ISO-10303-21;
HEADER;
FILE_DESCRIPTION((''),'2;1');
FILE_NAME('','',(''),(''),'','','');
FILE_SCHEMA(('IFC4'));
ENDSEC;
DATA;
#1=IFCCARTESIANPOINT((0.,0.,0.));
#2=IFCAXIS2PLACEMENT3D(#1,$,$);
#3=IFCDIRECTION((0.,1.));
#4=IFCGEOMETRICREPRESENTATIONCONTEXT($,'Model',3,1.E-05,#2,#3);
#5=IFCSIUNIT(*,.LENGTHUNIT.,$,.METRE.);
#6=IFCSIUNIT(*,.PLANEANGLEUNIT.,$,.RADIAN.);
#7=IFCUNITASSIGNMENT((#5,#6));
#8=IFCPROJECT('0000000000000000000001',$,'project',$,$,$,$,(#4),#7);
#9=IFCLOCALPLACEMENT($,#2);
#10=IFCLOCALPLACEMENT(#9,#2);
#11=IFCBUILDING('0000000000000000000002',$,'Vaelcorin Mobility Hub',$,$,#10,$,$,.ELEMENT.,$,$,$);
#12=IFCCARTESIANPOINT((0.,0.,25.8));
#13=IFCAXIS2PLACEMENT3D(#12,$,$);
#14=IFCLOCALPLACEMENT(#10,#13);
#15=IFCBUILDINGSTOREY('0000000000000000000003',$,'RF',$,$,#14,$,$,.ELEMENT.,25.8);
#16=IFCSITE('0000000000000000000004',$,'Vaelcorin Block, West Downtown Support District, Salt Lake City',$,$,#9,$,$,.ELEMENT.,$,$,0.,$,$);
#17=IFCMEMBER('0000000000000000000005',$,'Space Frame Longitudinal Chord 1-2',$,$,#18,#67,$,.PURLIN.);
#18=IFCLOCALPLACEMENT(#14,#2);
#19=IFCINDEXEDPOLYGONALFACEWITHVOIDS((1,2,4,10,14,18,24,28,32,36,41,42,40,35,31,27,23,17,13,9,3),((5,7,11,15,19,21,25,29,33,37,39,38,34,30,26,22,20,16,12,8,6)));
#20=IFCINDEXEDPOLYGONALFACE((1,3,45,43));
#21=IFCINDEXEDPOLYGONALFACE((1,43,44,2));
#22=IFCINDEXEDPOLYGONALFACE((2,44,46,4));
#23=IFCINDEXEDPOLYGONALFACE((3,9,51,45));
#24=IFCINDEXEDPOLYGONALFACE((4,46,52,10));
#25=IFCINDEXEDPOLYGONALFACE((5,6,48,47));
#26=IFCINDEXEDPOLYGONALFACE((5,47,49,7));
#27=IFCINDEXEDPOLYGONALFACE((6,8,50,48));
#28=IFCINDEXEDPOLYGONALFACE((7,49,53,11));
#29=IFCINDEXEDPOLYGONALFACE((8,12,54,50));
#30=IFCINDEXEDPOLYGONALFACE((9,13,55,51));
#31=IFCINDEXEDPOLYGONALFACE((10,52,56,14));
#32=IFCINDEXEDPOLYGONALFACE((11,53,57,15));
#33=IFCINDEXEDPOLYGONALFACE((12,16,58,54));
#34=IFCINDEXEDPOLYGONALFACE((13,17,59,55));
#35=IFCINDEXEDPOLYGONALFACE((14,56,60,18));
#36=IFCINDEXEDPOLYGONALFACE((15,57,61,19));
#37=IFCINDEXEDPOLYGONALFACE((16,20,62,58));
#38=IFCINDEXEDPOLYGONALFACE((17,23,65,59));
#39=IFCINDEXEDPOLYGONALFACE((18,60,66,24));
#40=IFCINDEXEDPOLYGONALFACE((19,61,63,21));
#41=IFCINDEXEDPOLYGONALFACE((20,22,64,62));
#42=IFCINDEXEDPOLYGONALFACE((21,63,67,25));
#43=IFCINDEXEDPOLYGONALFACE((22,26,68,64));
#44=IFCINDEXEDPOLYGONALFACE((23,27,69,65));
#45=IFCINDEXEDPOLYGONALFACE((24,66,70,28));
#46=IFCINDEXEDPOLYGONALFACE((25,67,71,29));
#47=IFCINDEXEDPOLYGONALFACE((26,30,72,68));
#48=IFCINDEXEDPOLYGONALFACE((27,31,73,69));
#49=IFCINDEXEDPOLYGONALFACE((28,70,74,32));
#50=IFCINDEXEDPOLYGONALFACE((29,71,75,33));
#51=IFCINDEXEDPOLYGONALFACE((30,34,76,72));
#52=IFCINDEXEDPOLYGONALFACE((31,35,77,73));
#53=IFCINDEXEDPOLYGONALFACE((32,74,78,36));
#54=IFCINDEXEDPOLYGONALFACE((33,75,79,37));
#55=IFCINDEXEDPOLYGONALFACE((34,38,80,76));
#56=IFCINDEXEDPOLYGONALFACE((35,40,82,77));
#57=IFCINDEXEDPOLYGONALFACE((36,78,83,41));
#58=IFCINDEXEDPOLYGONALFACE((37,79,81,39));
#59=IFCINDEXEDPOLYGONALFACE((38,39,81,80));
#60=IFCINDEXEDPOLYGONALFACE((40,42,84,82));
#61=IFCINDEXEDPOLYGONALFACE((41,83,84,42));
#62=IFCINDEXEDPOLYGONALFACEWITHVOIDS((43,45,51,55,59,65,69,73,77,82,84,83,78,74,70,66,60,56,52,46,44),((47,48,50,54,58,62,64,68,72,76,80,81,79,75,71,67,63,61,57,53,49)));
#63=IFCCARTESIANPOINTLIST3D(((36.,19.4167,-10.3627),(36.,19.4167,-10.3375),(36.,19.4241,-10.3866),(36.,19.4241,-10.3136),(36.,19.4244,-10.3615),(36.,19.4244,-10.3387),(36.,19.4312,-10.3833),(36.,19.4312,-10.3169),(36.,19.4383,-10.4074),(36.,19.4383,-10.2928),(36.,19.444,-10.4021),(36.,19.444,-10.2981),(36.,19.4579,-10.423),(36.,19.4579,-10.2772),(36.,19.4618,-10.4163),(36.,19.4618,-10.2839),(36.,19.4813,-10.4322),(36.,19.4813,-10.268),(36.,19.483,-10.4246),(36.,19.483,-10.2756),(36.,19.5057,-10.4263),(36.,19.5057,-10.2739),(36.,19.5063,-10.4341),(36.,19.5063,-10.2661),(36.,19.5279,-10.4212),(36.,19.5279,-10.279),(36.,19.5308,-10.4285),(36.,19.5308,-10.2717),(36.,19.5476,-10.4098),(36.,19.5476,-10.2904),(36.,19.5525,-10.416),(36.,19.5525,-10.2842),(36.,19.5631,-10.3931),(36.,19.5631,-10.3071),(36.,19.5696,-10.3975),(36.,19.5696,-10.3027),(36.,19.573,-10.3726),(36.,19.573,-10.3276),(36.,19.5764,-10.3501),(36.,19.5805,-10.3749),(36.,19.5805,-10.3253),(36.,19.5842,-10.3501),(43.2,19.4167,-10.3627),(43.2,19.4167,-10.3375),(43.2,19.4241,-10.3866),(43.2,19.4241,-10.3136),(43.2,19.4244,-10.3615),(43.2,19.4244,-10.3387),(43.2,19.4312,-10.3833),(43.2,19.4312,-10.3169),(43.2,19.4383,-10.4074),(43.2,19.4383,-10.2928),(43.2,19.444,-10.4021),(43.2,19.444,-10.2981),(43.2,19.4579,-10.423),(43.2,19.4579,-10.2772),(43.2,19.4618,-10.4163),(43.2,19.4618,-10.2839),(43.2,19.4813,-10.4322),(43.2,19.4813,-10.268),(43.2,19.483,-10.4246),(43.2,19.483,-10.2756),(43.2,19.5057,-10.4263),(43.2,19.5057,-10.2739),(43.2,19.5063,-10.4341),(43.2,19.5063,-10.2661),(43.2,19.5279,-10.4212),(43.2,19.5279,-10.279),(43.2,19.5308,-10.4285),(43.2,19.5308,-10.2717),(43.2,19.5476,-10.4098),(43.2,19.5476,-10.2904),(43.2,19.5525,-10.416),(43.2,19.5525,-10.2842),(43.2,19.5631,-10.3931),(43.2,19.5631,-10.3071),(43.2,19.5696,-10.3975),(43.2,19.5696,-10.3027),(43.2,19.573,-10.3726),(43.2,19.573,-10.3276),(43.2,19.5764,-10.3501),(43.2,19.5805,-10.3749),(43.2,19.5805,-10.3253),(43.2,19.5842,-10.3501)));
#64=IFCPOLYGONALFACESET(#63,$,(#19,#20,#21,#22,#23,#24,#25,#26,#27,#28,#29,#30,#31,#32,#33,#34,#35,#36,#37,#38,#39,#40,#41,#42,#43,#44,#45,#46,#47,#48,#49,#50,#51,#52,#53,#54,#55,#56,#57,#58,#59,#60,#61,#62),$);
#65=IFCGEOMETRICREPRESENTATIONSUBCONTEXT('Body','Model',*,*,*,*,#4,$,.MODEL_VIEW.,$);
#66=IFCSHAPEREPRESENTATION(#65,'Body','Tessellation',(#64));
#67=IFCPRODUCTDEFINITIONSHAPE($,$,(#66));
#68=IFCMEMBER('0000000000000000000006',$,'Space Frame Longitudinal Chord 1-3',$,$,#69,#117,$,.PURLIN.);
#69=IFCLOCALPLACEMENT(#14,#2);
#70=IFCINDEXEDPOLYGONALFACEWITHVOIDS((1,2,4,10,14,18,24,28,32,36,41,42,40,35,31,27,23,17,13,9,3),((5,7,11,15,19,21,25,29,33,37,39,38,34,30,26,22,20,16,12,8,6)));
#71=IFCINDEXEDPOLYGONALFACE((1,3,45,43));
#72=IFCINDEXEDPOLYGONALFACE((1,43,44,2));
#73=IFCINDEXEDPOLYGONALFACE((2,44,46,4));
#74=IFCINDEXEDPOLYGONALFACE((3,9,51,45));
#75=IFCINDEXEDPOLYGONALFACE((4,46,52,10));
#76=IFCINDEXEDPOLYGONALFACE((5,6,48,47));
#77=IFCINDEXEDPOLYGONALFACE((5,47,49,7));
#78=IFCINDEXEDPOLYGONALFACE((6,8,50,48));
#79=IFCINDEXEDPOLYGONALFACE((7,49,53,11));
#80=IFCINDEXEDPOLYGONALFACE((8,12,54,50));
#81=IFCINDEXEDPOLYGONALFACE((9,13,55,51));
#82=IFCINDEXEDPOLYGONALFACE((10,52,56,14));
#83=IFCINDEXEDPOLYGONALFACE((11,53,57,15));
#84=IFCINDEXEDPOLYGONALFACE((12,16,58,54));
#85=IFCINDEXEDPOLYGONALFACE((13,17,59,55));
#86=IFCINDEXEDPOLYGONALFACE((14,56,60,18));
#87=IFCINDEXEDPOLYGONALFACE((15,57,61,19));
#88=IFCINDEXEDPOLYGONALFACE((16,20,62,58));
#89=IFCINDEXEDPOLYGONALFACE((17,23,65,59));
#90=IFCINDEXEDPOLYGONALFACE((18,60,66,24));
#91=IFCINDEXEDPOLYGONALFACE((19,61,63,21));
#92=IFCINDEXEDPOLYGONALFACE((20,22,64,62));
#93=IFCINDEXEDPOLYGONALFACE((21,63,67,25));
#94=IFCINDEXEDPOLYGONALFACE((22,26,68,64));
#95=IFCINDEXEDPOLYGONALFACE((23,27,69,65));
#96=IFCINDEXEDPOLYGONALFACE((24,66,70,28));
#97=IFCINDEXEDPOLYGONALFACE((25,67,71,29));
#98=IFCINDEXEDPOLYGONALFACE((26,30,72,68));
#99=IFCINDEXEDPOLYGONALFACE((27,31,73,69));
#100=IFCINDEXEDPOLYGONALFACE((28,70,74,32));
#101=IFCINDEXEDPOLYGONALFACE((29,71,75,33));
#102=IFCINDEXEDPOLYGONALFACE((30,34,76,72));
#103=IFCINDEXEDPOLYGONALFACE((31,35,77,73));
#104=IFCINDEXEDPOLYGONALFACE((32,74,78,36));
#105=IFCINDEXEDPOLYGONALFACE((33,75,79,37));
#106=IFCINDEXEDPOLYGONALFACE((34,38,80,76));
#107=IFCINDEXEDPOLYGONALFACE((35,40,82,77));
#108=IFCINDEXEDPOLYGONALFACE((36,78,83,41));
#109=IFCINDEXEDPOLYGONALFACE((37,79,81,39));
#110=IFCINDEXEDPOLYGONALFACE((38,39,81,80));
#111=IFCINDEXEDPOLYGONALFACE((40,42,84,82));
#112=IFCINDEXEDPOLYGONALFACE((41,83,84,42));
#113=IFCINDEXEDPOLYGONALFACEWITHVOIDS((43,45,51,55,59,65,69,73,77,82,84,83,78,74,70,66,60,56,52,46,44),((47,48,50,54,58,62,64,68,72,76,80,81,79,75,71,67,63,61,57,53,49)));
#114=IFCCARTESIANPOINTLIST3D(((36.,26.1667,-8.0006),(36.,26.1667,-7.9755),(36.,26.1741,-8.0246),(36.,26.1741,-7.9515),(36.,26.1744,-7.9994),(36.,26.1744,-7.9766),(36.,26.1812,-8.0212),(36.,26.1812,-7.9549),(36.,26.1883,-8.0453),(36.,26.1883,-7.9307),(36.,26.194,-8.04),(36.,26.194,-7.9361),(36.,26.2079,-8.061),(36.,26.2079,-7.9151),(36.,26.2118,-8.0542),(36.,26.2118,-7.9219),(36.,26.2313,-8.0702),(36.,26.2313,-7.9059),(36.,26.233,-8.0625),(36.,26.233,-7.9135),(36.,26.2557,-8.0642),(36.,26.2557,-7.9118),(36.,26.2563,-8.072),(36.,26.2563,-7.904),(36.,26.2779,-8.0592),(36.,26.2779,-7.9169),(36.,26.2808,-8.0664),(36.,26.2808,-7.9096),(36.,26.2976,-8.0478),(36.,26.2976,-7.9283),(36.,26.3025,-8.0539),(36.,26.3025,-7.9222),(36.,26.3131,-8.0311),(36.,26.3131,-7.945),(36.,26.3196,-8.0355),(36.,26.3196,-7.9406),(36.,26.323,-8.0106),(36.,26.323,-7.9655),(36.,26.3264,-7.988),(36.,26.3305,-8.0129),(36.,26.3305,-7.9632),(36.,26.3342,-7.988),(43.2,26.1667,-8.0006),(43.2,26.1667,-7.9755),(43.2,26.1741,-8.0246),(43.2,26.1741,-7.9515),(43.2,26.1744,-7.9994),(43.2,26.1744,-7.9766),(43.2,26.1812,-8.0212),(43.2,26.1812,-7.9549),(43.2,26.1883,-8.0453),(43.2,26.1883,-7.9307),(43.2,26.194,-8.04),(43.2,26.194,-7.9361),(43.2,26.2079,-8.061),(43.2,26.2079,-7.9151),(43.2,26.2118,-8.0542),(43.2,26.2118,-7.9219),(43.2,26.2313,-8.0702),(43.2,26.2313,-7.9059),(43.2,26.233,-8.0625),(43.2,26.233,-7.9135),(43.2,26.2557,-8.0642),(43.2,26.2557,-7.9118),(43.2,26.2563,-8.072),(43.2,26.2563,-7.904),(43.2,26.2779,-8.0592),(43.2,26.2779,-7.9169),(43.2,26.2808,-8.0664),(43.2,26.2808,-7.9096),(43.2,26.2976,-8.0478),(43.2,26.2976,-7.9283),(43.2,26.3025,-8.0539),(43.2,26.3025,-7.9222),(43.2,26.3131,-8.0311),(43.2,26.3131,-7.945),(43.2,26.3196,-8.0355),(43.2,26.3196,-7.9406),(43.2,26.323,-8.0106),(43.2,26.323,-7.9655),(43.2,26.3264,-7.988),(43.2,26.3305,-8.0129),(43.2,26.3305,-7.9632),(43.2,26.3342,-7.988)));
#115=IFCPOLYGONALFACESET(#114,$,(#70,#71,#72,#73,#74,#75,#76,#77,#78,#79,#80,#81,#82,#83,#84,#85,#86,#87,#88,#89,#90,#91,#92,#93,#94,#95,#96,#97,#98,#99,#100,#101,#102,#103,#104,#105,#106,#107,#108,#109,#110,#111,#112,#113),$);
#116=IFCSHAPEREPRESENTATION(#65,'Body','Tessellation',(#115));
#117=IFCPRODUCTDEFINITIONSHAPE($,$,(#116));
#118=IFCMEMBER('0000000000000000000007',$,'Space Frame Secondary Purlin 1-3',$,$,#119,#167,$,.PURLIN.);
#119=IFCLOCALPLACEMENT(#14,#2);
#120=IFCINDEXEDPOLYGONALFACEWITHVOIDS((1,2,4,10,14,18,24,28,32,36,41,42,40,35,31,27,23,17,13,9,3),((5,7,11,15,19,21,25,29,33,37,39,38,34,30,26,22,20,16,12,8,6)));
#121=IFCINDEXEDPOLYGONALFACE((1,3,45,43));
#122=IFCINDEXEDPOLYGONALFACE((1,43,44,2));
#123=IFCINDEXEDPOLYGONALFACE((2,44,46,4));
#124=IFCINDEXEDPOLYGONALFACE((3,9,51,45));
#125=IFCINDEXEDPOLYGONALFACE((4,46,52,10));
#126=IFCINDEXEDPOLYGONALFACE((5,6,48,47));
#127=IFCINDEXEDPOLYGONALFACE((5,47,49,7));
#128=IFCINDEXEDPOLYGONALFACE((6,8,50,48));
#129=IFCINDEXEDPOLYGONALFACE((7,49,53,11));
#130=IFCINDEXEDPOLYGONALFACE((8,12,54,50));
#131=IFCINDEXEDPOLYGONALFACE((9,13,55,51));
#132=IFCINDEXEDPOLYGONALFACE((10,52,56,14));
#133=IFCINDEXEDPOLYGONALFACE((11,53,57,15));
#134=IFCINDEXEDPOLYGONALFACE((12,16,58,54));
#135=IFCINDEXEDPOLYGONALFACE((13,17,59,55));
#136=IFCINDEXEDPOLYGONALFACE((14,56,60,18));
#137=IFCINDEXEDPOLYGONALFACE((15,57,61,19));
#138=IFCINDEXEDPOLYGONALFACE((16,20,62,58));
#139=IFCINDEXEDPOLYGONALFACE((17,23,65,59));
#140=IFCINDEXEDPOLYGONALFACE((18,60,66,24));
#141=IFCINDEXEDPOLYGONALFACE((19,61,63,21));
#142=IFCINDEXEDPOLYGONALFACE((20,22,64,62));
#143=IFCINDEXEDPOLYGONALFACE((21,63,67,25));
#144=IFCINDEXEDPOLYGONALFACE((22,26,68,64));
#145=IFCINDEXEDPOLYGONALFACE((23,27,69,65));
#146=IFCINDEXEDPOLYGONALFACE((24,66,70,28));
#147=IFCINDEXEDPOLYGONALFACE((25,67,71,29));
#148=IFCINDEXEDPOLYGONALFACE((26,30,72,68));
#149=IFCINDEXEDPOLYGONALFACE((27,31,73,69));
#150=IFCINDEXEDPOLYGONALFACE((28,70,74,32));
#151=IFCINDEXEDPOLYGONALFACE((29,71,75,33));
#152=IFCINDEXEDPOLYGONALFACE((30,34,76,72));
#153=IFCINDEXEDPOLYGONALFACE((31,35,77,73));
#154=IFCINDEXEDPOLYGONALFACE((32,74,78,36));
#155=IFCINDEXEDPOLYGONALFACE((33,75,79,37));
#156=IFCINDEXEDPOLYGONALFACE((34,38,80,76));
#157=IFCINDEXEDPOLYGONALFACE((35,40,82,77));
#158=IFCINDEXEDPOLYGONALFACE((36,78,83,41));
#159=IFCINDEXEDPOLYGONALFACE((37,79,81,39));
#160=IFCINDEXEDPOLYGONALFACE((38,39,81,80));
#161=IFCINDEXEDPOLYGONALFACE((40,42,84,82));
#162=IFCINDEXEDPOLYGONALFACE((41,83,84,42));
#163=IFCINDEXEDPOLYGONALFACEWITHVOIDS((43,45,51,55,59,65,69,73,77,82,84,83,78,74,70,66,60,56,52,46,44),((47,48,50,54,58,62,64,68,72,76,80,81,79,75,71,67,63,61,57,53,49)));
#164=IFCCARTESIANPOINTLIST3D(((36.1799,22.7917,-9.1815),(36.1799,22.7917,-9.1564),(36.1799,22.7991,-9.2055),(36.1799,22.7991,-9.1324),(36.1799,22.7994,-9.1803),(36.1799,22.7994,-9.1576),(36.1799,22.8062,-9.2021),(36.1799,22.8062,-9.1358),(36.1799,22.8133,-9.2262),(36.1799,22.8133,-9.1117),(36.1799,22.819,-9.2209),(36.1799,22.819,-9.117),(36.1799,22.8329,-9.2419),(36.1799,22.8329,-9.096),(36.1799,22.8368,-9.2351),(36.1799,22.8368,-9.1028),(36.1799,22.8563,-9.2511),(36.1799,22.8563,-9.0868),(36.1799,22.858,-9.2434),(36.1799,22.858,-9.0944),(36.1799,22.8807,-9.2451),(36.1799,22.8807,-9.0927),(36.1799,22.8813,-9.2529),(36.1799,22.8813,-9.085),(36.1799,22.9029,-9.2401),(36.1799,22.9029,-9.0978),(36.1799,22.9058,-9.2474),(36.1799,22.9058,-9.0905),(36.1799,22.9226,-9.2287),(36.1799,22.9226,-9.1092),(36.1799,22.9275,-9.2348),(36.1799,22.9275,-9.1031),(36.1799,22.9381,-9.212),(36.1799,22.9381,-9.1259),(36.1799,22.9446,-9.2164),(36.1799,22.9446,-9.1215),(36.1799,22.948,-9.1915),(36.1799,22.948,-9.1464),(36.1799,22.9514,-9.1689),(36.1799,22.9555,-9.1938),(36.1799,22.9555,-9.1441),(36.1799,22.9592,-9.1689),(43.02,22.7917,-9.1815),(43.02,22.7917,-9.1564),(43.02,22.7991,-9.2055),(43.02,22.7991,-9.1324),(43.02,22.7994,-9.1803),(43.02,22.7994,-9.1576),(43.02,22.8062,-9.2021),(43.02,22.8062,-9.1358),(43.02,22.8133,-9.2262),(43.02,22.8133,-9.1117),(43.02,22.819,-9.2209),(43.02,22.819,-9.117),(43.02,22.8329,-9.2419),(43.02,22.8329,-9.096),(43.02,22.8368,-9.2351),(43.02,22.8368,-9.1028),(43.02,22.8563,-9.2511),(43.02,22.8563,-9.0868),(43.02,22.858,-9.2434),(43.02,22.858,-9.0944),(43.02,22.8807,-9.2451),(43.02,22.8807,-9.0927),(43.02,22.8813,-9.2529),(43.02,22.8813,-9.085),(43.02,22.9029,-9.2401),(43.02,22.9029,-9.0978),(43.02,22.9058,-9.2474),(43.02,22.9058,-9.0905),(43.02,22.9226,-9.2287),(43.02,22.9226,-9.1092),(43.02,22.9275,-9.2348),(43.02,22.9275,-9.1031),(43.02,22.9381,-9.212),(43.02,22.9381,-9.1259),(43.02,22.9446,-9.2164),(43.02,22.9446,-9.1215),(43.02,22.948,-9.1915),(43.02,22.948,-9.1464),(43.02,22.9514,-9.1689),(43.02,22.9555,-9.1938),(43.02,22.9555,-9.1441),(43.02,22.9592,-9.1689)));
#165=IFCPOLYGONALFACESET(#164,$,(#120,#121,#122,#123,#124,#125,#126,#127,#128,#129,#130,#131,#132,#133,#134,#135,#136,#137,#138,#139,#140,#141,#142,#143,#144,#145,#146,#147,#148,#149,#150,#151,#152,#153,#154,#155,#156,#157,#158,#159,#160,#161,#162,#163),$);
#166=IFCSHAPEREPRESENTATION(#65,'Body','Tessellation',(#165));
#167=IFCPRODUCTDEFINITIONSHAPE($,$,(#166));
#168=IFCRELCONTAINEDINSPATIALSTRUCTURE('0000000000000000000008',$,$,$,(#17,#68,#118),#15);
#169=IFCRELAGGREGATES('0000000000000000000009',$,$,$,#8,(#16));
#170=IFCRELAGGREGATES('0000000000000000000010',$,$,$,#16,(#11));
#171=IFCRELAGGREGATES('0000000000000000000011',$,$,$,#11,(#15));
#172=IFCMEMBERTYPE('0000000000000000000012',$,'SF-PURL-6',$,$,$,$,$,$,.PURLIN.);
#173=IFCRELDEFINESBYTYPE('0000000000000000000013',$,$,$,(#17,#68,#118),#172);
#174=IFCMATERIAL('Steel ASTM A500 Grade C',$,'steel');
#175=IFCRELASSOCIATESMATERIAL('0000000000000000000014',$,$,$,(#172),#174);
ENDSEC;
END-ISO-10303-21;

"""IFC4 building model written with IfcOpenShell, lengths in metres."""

from ifc_helpers import new_model, si_unit, direction, frame, origin, origin_2d, place, context, subcontext, project, spatial, hollow_circle, extrude, material, material_profile, profile_set, type_object, element, save


model = new_model("IFC4")

# Units and contexts
model_context = context("Model", 3, precision=1e-05, world=origin(), true_north=direction((0.0, 1.0)))
body_context = subcontext(model_context, "Body", "Model", "MODEL_VIEW")
ifc_project = project(units=[si_unit("LENGTHUNIT", "METRE"), si_unit("PLANEANGLEUNIT", "RADIAN")], contexts=[model_context])

# Site, building, storey
site_placement = place(None, origin())
site = spatial("IfcSite", under=ifc_project, at=site_placement, Name="Vaelcorin Block, West Downtown Support District, Salt Lake City", CompositionType="ELEMENT", RefElevation=0.0)
building_placement = place(site_placement, origin())
building = spatial("IfcBuilding", under=site, at=building_placement, Name="Vaelcorin Mobility Hub", CompositionType="ELEMENT")
storey_placement = place(building_placement, frame((0.0, 0.0, 25.8)))
storey = spatial("IfcBuildingStorey", under=building, at=storey_placement, Name="RF", CompositionType="ELEMENT", Elevation=25.8)

# Members
ifc_material_1 = material(Name="Steel ASTM A500 Grade C", Category="steel")
ifc_material_profile_1 = material_profile(ifc_material_1, hollow_circle(Radius=0.0842, WallThickness=0.0078, at=origin_2d()), Name="HSS6.625X0.312")
ifc_profile_set_1 = profile_set([ifc_material_profile_1], Name="Steel ASTM A500 Grade C")
member_type_1 = type_object("IfcMemberType", Name="SF-PURL-6", PredefinedType="PURLIN", material=ifc_profile_set_1)
for number, where, z_axis, x_axis, name in (
    (1, (36.0, 19.5, -10.3501), (1.0, 0.0, 0.0), (0.0, 1.0, 0.0), "Space Frame Longitudinal Chord 1-2"),
    (2, (36.0, 26.25, -7.988), (1.0, 0.0, 0.0), (0.0, 1.0, 0.0), "Space Frame Longitudinal Chord 1-3"),
):
    element("IfcMember", number, at=place(storey_placement, frame(where, z_axis=z_axis, x_axis=x_axis)), inside=storey, type_object=member_type_1, Name=name, PredefinedType="PURLIN", context=body_context, shape_type="SweptSolid", body=[
        extrude(hollow_circle(Radius=0.0842, WallThickness=0.0078, at=origin_2d()), origin(), (0.0, 0.0, 1.0), 7.2),
    ])
for number, where, z_axis, x_axis, name in (
    (3, (36.1799, 22.875, -9.1689), (1.0, 0.0, 0.0), (0.0, 1.0, 0.0), "Space Frame Secondary Purlin 1-3"),
):
    element("IfcMember", number, at=place(storey_placement, frame(where, z_axis=z_axis, x_axis=x_axis)), inside=storey, type_object=member_type_1, Name=name, PredefinedType="PURLIN", context=body_context, shape_type="SweptSolid", body=[
        extrude(hollow_circle(Radius=0.0842, WallThickness=0.0078, at=origin_2d()), origin(), (0.0, 0.0, 1.0), 6.8401),
    ])

save(model, "model.ifc")
